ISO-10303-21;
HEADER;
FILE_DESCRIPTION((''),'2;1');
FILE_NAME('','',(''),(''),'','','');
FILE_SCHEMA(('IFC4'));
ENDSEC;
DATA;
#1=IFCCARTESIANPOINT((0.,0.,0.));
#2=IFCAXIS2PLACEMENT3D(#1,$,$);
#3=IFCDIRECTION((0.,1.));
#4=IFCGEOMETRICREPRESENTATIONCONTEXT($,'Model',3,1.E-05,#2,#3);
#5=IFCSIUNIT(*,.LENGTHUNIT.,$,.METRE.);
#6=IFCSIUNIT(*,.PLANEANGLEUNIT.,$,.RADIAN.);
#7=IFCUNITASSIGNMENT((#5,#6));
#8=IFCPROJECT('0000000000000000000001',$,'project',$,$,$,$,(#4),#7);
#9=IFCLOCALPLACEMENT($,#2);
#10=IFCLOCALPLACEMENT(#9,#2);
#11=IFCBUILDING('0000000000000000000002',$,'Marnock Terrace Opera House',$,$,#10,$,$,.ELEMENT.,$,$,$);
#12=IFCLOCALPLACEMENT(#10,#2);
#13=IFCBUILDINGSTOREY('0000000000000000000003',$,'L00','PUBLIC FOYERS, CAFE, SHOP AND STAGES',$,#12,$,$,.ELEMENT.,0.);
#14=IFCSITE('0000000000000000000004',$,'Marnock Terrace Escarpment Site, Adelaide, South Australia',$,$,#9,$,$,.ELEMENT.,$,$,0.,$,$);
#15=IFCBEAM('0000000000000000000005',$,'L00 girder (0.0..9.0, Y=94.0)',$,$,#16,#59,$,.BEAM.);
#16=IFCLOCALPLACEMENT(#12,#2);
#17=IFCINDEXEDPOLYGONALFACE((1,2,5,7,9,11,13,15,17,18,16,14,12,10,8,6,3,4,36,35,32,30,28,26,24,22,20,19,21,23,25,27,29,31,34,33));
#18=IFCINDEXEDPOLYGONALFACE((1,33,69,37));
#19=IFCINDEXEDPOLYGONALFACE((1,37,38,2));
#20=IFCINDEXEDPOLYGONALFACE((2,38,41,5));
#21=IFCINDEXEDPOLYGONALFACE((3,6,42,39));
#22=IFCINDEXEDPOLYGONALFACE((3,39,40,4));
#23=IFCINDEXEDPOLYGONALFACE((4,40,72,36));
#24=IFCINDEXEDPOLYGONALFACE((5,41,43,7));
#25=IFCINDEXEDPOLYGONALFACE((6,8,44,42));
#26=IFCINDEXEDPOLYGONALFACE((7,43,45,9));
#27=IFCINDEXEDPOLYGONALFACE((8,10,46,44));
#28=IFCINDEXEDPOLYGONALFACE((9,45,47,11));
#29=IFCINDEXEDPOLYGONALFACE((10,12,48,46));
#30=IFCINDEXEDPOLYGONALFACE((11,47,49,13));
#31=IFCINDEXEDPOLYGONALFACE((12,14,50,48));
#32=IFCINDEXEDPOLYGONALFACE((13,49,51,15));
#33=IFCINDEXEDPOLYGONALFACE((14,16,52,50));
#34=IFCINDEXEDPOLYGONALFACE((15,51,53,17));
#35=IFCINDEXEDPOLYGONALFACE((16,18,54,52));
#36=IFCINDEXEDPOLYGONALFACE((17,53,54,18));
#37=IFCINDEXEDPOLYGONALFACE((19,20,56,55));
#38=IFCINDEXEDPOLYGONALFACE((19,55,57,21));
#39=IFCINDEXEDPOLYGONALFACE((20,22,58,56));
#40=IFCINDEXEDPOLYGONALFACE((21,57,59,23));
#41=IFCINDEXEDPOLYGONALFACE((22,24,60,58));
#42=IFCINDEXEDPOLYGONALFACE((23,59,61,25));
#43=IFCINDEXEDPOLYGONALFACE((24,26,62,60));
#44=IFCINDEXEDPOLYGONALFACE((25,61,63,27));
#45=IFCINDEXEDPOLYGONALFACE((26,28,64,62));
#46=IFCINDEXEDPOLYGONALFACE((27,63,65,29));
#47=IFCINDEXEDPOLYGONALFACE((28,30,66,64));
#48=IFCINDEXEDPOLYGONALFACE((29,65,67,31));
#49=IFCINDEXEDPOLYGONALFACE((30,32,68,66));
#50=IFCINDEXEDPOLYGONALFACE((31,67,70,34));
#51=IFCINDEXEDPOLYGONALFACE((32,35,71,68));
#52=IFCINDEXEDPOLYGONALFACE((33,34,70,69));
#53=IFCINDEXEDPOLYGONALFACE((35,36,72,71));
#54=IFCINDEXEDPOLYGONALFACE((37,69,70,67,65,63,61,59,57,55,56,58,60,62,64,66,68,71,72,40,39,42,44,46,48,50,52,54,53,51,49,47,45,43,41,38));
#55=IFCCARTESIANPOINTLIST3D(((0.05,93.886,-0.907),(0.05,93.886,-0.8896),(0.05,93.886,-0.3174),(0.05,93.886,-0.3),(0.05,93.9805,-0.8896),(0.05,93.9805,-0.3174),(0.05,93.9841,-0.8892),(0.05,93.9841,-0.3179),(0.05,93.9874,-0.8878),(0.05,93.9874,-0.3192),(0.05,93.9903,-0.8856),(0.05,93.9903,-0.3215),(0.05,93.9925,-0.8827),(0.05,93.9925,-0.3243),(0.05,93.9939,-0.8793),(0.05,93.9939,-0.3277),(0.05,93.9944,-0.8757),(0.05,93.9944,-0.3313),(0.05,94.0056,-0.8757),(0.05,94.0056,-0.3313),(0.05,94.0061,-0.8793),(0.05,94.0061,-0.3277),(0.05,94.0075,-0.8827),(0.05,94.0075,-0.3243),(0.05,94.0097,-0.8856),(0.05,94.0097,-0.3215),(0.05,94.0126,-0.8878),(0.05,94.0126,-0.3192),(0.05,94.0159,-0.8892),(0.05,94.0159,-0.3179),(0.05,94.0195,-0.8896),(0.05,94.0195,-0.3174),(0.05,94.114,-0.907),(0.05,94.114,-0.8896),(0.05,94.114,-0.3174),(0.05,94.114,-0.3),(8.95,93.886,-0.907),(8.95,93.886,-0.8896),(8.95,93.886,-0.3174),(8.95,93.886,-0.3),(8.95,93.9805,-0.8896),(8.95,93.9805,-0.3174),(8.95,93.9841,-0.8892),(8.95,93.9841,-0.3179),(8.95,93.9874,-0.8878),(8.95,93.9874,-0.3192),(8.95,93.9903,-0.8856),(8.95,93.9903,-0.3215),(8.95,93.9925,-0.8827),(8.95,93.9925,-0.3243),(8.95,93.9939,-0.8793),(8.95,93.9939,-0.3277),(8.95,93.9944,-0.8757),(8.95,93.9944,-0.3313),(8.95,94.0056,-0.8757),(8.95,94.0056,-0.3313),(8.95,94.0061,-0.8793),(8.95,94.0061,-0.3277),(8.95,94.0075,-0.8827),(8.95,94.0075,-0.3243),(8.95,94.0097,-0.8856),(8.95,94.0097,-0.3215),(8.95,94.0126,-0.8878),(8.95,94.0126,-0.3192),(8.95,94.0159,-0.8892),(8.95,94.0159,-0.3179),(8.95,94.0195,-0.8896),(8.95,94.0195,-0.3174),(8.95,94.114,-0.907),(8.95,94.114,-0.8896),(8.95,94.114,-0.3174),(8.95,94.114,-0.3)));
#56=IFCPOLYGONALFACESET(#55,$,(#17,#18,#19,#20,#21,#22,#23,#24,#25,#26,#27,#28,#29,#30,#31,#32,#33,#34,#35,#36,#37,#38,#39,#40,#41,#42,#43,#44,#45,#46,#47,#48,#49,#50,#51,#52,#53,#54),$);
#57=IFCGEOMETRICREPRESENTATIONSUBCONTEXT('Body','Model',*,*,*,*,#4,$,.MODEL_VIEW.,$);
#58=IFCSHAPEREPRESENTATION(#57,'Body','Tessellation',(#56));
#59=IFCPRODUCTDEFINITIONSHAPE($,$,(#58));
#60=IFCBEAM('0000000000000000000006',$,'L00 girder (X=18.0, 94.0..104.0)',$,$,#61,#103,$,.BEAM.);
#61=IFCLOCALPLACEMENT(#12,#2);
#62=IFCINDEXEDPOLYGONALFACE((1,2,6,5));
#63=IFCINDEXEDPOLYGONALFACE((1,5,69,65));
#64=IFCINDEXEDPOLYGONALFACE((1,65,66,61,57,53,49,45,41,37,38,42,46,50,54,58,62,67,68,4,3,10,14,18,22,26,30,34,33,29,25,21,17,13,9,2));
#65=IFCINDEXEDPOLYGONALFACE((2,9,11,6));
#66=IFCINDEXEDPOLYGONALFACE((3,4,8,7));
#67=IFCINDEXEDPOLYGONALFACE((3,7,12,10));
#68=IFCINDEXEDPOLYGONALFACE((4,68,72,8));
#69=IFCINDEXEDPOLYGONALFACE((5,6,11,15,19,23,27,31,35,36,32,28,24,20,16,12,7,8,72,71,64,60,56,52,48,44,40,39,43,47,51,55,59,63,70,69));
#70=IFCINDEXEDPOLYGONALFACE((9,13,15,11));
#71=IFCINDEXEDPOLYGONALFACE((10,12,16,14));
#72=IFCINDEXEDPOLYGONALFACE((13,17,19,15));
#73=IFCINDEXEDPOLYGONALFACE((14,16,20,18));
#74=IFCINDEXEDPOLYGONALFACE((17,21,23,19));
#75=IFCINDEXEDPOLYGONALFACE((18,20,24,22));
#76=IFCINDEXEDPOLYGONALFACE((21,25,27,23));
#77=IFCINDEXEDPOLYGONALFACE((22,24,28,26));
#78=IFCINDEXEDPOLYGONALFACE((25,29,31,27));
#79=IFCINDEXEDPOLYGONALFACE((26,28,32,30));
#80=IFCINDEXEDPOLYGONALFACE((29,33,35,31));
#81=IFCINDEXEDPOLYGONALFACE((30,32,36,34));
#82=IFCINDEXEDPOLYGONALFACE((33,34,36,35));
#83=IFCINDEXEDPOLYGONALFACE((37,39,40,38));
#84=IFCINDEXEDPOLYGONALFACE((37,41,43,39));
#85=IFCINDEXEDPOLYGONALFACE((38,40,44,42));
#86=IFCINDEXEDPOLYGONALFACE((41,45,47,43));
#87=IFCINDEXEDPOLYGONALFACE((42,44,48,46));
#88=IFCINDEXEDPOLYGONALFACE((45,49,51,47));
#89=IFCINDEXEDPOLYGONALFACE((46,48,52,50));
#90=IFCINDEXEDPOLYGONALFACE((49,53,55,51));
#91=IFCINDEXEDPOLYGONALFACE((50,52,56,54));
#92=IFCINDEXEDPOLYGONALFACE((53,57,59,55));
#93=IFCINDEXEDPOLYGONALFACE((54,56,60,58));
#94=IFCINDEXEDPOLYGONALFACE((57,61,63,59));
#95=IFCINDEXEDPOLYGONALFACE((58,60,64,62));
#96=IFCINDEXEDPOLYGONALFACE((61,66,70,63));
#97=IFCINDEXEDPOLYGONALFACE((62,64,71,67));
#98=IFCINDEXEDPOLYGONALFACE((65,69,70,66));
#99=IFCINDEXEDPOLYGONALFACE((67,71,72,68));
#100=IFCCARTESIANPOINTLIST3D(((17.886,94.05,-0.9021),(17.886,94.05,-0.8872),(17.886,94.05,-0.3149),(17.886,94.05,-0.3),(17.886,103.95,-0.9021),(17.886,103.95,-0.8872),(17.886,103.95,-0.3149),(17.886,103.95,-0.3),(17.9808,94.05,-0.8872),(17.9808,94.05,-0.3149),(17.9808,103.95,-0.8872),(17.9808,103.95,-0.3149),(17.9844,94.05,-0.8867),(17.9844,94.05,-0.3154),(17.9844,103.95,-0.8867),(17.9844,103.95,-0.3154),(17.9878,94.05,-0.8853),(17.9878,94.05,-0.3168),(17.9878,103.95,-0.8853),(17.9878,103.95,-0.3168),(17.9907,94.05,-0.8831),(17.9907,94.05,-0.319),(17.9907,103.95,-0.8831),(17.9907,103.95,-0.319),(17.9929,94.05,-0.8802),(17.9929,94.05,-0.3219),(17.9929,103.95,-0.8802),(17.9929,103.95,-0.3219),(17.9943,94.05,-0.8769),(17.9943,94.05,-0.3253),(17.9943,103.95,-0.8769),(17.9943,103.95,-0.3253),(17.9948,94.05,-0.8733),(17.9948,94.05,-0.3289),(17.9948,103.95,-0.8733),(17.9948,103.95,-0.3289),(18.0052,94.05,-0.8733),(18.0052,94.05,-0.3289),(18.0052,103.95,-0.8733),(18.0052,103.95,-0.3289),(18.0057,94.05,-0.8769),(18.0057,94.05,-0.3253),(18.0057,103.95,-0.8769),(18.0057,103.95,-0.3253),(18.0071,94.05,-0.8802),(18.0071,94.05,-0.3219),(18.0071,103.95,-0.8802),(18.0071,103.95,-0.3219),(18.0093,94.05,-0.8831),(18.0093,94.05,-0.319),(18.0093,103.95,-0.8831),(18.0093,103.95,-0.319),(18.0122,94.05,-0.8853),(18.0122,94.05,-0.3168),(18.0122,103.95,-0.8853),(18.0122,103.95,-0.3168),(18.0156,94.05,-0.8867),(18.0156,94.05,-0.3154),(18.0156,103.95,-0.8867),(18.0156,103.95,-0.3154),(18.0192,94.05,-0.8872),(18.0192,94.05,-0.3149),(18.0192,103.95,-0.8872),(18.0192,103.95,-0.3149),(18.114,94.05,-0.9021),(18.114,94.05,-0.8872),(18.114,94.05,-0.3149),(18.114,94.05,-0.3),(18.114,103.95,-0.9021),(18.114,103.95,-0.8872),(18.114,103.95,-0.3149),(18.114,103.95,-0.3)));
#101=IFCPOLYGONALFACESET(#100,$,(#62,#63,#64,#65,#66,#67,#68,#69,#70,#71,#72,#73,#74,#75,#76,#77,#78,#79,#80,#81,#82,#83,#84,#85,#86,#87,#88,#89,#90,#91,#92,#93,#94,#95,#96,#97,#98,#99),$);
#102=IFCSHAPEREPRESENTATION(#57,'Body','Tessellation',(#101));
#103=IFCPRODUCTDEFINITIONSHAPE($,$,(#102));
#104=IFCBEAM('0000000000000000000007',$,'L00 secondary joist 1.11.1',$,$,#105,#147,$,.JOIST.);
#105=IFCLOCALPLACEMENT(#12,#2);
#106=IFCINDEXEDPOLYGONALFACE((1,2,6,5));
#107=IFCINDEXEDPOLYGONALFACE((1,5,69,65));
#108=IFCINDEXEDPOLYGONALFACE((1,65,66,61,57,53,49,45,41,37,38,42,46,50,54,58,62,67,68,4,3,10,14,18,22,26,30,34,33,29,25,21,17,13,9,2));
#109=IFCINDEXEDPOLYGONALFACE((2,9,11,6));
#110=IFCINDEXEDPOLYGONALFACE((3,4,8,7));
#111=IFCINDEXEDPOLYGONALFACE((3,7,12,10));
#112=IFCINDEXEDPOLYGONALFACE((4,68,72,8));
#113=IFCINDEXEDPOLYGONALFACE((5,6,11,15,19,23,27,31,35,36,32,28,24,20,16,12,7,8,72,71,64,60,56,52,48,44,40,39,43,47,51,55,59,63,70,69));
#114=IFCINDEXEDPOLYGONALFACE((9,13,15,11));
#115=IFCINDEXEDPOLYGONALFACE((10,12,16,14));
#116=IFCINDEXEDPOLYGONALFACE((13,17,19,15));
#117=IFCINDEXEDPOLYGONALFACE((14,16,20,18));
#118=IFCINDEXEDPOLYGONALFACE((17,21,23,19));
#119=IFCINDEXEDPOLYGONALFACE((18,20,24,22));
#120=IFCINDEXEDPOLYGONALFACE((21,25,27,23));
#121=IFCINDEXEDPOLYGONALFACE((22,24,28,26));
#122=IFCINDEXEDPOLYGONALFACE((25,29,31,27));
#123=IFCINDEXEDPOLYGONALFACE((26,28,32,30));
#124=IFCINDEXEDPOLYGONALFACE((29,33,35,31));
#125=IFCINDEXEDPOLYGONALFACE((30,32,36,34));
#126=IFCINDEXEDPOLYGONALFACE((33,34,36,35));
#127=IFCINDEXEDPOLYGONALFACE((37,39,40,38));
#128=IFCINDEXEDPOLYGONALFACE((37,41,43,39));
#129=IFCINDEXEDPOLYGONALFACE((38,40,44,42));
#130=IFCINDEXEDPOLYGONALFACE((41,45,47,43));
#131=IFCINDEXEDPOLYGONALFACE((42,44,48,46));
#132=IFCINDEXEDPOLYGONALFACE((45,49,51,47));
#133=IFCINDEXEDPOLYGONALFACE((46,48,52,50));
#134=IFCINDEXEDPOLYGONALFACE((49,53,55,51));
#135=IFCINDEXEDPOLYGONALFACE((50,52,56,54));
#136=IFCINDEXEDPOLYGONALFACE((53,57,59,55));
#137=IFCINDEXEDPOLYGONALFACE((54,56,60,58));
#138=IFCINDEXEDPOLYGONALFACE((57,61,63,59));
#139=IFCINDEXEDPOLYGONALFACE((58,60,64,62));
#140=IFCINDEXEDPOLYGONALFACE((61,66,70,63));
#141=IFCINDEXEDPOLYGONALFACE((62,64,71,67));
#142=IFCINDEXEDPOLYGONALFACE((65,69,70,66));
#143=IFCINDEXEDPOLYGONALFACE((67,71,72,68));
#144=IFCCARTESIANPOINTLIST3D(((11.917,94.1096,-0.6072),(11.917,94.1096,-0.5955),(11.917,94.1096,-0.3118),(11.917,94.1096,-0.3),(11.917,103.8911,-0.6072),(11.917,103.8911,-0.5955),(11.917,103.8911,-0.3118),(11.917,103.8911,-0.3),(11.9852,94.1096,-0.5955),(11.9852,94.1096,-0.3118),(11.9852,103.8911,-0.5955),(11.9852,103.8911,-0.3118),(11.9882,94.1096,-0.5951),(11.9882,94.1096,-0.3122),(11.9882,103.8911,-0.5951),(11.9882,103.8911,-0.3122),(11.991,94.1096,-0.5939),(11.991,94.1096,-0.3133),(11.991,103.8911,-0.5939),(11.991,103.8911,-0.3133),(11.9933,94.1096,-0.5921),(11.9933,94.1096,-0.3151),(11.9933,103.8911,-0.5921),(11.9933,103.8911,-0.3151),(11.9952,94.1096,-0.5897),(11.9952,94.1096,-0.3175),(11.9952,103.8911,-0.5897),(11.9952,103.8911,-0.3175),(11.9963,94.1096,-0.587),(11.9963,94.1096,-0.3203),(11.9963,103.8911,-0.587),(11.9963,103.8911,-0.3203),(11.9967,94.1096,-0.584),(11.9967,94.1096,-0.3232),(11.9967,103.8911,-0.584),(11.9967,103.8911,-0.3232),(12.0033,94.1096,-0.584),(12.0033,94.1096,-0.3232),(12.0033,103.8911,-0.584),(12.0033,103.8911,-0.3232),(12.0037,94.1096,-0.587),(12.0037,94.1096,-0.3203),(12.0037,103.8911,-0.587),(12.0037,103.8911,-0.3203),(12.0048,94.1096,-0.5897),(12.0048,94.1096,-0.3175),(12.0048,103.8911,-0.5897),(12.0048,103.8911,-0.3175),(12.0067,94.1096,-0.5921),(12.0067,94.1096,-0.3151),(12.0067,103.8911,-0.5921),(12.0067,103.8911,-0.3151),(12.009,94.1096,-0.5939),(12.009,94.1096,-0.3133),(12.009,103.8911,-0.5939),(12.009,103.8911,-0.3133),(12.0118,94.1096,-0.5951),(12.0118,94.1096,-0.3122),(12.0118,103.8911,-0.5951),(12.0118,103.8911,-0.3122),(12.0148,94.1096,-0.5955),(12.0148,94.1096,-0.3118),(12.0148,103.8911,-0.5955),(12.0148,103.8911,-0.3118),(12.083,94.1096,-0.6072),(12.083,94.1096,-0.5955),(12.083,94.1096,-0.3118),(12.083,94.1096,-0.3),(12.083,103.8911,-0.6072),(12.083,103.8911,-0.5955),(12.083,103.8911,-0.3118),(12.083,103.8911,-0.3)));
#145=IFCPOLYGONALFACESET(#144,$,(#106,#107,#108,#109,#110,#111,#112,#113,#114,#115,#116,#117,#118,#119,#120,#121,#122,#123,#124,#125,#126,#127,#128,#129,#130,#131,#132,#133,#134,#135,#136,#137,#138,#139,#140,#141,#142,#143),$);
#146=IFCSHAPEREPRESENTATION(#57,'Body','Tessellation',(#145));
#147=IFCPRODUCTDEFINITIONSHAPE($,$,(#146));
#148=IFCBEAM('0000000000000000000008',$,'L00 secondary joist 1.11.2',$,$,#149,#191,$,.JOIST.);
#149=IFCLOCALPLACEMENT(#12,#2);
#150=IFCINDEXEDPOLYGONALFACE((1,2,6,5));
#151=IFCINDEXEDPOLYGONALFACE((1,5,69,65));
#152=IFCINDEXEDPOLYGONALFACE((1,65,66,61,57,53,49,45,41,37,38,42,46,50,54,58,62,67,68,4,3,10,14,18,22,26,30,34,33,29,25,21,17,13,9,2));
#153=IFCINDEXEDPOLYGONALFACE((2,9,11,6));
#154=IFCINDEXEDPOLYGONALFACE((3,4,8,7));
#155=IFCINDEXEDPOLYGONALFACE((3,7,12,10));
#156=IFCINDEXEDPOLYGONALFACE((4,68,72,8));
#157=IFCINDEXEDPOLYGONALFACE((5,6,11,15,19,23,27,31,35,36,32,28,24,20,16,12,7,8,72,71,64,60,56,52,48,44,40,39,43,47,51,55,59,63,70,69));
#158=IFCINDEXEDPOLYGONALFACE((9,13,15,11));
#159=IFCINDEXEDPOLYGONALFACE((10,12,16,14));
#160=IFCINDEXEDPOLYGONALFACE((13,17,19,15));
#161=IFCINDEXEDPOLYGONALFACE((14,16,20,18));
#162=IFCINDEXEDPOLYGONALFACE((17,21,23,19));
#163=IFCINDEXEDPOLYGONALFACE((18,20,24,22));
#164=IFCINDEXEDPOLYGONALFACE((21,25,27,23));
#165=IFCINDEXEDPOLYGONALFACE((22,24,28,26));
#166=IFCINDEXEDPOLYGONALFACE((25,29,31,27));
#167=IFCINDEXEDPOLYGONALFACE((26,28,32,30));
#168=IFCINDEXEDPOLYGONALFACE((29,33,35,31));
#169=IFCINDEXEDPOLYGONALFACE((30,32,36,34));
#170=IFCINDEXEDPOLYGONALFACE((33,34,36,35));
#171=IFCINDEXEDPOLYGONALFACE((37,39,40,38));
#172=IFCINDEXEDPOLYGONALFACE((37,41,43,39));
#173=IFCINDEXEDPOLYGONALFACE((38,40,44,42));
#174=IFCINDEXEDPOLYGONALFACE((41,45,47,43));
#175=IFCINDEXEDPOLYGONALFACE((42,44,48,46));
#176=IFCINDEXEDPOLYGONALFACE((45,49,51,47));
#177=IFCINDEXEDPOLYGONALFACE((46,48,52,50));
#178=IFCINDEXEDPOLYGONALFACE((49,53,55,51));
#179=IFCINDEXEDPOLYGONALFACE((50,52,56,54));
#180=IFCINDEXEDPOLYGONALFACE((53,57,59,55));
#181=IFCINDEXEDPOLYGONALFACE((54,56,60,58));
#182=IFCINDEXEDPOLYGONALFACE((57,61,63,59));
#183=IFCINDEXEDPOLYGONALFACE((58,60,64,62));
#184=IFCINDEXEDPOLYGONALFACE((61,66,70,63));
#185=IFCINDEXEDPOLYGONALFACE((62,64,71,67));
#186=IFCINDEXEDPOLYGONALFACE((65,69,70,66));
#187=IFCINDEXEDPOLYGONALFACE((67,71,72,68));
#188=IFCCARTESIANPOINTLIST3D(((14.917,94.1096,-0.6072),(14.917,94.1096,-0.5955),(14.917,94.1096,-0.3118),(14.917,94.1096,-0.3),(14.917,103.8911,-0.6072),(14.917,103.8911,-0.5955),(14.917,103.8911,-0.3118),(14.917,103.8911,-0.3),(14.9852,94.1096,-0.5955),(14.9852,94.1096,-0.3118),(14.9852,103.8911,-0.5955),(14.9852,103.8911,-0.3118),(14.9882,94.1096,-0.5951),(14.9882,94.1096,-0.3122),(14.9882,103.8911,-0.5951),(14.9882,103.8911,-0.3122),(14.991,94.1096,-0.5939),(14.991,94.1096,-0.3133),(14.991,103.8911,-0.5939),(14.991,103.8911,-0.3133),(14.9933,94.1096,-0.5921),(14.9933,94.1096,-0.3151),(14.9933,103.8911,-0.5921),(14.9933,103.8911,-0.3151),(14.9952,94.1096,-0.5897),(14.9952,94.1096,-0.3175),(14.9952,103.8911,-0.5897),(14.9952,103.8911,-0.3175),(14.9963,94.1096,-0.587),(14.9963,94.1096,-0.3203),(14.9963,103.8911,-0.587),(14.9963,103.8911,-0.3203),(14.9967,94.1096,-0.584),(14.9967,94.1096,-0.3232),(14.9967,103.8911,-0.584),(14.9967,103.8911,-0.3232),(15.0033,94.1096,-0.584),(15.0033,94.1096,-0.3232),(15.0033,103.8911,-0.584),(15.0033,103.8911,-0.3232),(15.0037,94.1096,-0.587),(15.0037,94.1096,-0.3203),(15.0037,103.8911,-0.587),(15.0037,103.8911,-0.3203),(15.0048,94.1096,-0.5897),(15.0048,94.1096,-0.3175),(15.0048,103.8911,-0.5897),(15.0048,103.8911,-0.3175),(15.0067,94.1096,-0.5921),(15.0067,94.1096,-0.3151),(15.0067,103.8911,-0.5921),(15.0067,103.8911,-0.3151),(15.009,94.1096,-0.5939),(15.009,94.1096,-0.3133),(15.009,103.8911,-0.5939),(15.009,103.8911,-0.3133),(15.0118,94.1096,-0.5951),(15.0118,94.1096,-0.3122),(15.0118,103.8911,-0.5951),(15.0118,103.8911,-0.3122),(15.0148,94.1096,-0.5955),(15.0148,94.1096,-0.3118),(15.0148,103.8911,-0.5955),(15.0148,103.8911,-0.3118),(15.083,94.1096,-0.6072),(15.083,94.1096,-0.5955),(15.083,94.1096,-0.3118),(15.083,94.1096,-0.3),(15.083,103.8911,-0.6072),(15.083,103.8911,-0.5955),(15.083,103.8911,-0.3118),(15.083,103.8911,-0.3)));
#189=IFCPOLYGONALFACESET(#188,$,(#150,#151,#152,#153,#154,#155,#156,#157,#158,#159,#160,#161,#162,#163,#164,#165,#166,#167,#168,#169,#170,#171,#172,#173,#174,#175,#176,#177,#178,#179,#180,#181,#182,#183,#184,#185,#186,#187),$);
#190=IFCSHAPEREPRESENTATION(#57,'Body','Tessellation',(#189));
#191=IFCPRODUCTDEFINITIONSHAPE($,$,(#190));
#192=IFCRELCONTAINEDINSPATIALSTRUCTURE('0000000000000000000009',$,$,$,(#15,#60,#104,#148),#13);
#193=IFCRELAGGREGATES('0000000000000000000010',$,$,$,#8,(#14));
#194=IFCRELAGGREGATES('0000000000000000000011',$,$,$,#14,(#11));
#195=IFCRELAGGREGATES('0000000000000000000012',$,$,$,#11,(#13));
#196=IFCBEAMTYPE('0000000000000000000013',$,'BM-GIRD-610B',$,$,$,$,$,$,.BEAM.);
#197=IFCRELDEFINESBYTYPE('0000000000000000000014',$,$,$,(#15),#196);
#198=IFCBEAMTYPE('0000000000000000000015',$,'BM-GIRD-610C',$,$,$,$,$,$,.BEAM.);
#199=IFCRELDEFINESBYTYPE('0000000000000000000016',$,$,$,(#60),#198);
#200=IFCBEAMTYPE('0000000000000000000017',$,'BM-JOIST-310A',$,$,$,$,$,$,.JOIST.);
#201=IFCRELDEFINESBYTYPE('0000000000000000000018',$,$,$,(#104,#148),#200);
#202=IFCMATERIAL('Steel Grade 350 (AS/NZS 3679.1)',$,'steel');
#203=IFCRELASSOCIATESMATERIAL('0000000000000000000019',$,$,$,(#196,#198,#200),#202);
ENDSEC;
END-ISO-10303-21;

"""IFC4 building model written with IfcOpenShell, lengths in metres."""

from ifc_helpers import new_model, si_unit, direction, frame, origin, origin_2d, place, context, subcontext, project, spatial, i_section, extrude, material, material_profile, profile_set, type_object, element, save


model = new_model("IFC4")

# Units and contexts
model_context = context("Model", 3, precision=1e-05, world=origin(), true_north=direction((0.0, 1.0)))
body_context = subcontext(model_context, "Body", "Model", "MODEL_VIEW")
ifc_project = project(units=[si_unit("LENGTHUNIT", "METRE"), si_unit("PLANEANGLEUNIT", "RADIAN")], contexts=[model_context])

# Site, building, storey
site_placement = place(None, origin())
site = spatial("IfcSite", under=ifc_project, at=site_placement, Name="Marnock Terrace Escarpment Site, Adelaide, South Australia", CompositionType="ELEMENT", RefElevation=0.0)
building_placement = place(site_placement, origin())
building = spatial("IfcBuilding", under=site, at=building_placement, Name="Marnock Terrace Opera House", CompositionType="ELEMENT")
storey_placement = place(building_placement, origin())
storey = spatial("IfcBuildingStorey", under=building, at=storey_placement, Name="L00", Description="PUBLIC FOYERS, CAFE, SHOP AND STAGES", CompositionType="ELEMENT", Elevation=0.0)

# Beams
ifc_material_1 = material(Name="Steel Grade 350 (AS/NZS 3679.1)", Category="steel")
ifc_material_profile_1 = material_profile(ifc_material_1, i_section(OverallWidth=0.228, OverallDepth=0.6069, WebThickness=0.0112, FlangeThickness=0.0173, FilletRadius=0.0139, at=origin_2d()))
ifc_profile_set_1 = profile_set([ifc_material_profile_1], Name="Steel Grade 350 (AS/NZS 3679.1)")
beam_type_1 = type_object("IfcBeamType", Name="BM-GIRD-610B", PredefinedType="BEAM", material=ifc_profile_set_1)
beam_1_placement = place(storey_placement, frame((0.05, 94.0, -0.6035), z_axis=(1.0, 0.0, 0.0), x_axis=(0.0, 1.0, 0.0)))
element("IfcBeam", 1, at=beam_1_placement, inside=storey, type_object=beam_type_1, Name="L00 girder (0.0..9.0, Y=94.0)", PredefinedType="BEAM", context=body_context, shape_type="SweptSolid", body=[
    extrude(i_section(OverallWidth=0.228, OverallDepth=0.6069, WebThickness=0.0112, FlangeThickness=0.0173, FilletRadius=0.0139, at=origin_2d()), origin(), (0.0, 0.0, 1.0), 8.8999),
])
ifc_material_profile_2 = material_profile(ifc_material_1, i_section(OverallWidth=0.228, OverallDepth=0.6021, WebThickness=0.0105, FlangeThickness=0.0149, FilletRadius=0.0139, at=origin_2d()))
ifc_profile_set_2 = profile_set([ifc_material_profile_2], Name="Steel Grade 350 (AS/NZS 3679.1)")
beam_type_2 = type_object("IfcBeamType", Name="BM-GIRD-610C", PredefinedType="BEAM", material=ifc_profile_set_2)
beam_2_placement = place(storey_placement, frame((18.0, 94.05, -0.6011), z_axis=(0.0, 1.0, 0.0), x_axis=(-1.0, 0.0, 0.0)))
element("IfcBeam", 2, at=beam_2_placement, inside=storey, type_object=beam_type_2, Name="L00 girder (X=18.0, 94.0..104.0)", PredefinedType="BEAM", context=body_context, shape_type="SweptSolid", body=[
    extrude(i_section(OverallWidth=0.228, OverallDepth=0.6021, WebThickness=0.0105, FlangeThickness=0.0149, FilletRadius=0.0139, at=origin_2d()), origin(), (0.0, 0.0, 1.0), 9.8999),
])
ifc_material_profile_3 = material_profile(ifc_material_1, i_section(OverallWidth=0.166, OverallDepth=0.3071, WebThickness=0.0066, FlangeThickness=0.0117, FilletRadius=0.0115, at=origin_2d()))
ifc_profile_set_3 = profile_set([ifc_material_profile_3], Name="Steel Grade 350 (AS/NZS 3679.1)")
beam_type_3 = type_object("IfcBeamType", Name="BM-JOIST-310A", PredefinedType="JOIST", material=ifc_profile_set_3)
for number, where, z_axis, x_axis, name in (
    (3, (12.0, 94.1096, -0.4536), (0.0, 1.0, 0.0), (-1.0, 0.0, 0.0), "L00 secondary joist 1.11.1"),
    (4, (15.0, 94.1096, -0.4536), (0.0, 1.0, 0.0), (-1.0, 0.0, 0.0), "L00 secondary joist 1.11.2"),
):
    element("IfcBeam", number, at=place(storey_placement, frame(where, z_axis=z_axis, x_axis=x_axis)), inside=storey, type_object=beam_type_3, Name=name, PredefinedType="JOIST", context=body_context, shape_type="SweptSolid", body=[
        extrude(i_section(OverallWidth=0.166, OverallDepth=0.3071, WebThickness=0.0066, FlangeThickness=0.0117, FilletRadius=0.0115, at=origin_2d()), origin(), (0.0, 0.0, 1.0), 9.7815),
    ])

save(model, "model.ifc")
